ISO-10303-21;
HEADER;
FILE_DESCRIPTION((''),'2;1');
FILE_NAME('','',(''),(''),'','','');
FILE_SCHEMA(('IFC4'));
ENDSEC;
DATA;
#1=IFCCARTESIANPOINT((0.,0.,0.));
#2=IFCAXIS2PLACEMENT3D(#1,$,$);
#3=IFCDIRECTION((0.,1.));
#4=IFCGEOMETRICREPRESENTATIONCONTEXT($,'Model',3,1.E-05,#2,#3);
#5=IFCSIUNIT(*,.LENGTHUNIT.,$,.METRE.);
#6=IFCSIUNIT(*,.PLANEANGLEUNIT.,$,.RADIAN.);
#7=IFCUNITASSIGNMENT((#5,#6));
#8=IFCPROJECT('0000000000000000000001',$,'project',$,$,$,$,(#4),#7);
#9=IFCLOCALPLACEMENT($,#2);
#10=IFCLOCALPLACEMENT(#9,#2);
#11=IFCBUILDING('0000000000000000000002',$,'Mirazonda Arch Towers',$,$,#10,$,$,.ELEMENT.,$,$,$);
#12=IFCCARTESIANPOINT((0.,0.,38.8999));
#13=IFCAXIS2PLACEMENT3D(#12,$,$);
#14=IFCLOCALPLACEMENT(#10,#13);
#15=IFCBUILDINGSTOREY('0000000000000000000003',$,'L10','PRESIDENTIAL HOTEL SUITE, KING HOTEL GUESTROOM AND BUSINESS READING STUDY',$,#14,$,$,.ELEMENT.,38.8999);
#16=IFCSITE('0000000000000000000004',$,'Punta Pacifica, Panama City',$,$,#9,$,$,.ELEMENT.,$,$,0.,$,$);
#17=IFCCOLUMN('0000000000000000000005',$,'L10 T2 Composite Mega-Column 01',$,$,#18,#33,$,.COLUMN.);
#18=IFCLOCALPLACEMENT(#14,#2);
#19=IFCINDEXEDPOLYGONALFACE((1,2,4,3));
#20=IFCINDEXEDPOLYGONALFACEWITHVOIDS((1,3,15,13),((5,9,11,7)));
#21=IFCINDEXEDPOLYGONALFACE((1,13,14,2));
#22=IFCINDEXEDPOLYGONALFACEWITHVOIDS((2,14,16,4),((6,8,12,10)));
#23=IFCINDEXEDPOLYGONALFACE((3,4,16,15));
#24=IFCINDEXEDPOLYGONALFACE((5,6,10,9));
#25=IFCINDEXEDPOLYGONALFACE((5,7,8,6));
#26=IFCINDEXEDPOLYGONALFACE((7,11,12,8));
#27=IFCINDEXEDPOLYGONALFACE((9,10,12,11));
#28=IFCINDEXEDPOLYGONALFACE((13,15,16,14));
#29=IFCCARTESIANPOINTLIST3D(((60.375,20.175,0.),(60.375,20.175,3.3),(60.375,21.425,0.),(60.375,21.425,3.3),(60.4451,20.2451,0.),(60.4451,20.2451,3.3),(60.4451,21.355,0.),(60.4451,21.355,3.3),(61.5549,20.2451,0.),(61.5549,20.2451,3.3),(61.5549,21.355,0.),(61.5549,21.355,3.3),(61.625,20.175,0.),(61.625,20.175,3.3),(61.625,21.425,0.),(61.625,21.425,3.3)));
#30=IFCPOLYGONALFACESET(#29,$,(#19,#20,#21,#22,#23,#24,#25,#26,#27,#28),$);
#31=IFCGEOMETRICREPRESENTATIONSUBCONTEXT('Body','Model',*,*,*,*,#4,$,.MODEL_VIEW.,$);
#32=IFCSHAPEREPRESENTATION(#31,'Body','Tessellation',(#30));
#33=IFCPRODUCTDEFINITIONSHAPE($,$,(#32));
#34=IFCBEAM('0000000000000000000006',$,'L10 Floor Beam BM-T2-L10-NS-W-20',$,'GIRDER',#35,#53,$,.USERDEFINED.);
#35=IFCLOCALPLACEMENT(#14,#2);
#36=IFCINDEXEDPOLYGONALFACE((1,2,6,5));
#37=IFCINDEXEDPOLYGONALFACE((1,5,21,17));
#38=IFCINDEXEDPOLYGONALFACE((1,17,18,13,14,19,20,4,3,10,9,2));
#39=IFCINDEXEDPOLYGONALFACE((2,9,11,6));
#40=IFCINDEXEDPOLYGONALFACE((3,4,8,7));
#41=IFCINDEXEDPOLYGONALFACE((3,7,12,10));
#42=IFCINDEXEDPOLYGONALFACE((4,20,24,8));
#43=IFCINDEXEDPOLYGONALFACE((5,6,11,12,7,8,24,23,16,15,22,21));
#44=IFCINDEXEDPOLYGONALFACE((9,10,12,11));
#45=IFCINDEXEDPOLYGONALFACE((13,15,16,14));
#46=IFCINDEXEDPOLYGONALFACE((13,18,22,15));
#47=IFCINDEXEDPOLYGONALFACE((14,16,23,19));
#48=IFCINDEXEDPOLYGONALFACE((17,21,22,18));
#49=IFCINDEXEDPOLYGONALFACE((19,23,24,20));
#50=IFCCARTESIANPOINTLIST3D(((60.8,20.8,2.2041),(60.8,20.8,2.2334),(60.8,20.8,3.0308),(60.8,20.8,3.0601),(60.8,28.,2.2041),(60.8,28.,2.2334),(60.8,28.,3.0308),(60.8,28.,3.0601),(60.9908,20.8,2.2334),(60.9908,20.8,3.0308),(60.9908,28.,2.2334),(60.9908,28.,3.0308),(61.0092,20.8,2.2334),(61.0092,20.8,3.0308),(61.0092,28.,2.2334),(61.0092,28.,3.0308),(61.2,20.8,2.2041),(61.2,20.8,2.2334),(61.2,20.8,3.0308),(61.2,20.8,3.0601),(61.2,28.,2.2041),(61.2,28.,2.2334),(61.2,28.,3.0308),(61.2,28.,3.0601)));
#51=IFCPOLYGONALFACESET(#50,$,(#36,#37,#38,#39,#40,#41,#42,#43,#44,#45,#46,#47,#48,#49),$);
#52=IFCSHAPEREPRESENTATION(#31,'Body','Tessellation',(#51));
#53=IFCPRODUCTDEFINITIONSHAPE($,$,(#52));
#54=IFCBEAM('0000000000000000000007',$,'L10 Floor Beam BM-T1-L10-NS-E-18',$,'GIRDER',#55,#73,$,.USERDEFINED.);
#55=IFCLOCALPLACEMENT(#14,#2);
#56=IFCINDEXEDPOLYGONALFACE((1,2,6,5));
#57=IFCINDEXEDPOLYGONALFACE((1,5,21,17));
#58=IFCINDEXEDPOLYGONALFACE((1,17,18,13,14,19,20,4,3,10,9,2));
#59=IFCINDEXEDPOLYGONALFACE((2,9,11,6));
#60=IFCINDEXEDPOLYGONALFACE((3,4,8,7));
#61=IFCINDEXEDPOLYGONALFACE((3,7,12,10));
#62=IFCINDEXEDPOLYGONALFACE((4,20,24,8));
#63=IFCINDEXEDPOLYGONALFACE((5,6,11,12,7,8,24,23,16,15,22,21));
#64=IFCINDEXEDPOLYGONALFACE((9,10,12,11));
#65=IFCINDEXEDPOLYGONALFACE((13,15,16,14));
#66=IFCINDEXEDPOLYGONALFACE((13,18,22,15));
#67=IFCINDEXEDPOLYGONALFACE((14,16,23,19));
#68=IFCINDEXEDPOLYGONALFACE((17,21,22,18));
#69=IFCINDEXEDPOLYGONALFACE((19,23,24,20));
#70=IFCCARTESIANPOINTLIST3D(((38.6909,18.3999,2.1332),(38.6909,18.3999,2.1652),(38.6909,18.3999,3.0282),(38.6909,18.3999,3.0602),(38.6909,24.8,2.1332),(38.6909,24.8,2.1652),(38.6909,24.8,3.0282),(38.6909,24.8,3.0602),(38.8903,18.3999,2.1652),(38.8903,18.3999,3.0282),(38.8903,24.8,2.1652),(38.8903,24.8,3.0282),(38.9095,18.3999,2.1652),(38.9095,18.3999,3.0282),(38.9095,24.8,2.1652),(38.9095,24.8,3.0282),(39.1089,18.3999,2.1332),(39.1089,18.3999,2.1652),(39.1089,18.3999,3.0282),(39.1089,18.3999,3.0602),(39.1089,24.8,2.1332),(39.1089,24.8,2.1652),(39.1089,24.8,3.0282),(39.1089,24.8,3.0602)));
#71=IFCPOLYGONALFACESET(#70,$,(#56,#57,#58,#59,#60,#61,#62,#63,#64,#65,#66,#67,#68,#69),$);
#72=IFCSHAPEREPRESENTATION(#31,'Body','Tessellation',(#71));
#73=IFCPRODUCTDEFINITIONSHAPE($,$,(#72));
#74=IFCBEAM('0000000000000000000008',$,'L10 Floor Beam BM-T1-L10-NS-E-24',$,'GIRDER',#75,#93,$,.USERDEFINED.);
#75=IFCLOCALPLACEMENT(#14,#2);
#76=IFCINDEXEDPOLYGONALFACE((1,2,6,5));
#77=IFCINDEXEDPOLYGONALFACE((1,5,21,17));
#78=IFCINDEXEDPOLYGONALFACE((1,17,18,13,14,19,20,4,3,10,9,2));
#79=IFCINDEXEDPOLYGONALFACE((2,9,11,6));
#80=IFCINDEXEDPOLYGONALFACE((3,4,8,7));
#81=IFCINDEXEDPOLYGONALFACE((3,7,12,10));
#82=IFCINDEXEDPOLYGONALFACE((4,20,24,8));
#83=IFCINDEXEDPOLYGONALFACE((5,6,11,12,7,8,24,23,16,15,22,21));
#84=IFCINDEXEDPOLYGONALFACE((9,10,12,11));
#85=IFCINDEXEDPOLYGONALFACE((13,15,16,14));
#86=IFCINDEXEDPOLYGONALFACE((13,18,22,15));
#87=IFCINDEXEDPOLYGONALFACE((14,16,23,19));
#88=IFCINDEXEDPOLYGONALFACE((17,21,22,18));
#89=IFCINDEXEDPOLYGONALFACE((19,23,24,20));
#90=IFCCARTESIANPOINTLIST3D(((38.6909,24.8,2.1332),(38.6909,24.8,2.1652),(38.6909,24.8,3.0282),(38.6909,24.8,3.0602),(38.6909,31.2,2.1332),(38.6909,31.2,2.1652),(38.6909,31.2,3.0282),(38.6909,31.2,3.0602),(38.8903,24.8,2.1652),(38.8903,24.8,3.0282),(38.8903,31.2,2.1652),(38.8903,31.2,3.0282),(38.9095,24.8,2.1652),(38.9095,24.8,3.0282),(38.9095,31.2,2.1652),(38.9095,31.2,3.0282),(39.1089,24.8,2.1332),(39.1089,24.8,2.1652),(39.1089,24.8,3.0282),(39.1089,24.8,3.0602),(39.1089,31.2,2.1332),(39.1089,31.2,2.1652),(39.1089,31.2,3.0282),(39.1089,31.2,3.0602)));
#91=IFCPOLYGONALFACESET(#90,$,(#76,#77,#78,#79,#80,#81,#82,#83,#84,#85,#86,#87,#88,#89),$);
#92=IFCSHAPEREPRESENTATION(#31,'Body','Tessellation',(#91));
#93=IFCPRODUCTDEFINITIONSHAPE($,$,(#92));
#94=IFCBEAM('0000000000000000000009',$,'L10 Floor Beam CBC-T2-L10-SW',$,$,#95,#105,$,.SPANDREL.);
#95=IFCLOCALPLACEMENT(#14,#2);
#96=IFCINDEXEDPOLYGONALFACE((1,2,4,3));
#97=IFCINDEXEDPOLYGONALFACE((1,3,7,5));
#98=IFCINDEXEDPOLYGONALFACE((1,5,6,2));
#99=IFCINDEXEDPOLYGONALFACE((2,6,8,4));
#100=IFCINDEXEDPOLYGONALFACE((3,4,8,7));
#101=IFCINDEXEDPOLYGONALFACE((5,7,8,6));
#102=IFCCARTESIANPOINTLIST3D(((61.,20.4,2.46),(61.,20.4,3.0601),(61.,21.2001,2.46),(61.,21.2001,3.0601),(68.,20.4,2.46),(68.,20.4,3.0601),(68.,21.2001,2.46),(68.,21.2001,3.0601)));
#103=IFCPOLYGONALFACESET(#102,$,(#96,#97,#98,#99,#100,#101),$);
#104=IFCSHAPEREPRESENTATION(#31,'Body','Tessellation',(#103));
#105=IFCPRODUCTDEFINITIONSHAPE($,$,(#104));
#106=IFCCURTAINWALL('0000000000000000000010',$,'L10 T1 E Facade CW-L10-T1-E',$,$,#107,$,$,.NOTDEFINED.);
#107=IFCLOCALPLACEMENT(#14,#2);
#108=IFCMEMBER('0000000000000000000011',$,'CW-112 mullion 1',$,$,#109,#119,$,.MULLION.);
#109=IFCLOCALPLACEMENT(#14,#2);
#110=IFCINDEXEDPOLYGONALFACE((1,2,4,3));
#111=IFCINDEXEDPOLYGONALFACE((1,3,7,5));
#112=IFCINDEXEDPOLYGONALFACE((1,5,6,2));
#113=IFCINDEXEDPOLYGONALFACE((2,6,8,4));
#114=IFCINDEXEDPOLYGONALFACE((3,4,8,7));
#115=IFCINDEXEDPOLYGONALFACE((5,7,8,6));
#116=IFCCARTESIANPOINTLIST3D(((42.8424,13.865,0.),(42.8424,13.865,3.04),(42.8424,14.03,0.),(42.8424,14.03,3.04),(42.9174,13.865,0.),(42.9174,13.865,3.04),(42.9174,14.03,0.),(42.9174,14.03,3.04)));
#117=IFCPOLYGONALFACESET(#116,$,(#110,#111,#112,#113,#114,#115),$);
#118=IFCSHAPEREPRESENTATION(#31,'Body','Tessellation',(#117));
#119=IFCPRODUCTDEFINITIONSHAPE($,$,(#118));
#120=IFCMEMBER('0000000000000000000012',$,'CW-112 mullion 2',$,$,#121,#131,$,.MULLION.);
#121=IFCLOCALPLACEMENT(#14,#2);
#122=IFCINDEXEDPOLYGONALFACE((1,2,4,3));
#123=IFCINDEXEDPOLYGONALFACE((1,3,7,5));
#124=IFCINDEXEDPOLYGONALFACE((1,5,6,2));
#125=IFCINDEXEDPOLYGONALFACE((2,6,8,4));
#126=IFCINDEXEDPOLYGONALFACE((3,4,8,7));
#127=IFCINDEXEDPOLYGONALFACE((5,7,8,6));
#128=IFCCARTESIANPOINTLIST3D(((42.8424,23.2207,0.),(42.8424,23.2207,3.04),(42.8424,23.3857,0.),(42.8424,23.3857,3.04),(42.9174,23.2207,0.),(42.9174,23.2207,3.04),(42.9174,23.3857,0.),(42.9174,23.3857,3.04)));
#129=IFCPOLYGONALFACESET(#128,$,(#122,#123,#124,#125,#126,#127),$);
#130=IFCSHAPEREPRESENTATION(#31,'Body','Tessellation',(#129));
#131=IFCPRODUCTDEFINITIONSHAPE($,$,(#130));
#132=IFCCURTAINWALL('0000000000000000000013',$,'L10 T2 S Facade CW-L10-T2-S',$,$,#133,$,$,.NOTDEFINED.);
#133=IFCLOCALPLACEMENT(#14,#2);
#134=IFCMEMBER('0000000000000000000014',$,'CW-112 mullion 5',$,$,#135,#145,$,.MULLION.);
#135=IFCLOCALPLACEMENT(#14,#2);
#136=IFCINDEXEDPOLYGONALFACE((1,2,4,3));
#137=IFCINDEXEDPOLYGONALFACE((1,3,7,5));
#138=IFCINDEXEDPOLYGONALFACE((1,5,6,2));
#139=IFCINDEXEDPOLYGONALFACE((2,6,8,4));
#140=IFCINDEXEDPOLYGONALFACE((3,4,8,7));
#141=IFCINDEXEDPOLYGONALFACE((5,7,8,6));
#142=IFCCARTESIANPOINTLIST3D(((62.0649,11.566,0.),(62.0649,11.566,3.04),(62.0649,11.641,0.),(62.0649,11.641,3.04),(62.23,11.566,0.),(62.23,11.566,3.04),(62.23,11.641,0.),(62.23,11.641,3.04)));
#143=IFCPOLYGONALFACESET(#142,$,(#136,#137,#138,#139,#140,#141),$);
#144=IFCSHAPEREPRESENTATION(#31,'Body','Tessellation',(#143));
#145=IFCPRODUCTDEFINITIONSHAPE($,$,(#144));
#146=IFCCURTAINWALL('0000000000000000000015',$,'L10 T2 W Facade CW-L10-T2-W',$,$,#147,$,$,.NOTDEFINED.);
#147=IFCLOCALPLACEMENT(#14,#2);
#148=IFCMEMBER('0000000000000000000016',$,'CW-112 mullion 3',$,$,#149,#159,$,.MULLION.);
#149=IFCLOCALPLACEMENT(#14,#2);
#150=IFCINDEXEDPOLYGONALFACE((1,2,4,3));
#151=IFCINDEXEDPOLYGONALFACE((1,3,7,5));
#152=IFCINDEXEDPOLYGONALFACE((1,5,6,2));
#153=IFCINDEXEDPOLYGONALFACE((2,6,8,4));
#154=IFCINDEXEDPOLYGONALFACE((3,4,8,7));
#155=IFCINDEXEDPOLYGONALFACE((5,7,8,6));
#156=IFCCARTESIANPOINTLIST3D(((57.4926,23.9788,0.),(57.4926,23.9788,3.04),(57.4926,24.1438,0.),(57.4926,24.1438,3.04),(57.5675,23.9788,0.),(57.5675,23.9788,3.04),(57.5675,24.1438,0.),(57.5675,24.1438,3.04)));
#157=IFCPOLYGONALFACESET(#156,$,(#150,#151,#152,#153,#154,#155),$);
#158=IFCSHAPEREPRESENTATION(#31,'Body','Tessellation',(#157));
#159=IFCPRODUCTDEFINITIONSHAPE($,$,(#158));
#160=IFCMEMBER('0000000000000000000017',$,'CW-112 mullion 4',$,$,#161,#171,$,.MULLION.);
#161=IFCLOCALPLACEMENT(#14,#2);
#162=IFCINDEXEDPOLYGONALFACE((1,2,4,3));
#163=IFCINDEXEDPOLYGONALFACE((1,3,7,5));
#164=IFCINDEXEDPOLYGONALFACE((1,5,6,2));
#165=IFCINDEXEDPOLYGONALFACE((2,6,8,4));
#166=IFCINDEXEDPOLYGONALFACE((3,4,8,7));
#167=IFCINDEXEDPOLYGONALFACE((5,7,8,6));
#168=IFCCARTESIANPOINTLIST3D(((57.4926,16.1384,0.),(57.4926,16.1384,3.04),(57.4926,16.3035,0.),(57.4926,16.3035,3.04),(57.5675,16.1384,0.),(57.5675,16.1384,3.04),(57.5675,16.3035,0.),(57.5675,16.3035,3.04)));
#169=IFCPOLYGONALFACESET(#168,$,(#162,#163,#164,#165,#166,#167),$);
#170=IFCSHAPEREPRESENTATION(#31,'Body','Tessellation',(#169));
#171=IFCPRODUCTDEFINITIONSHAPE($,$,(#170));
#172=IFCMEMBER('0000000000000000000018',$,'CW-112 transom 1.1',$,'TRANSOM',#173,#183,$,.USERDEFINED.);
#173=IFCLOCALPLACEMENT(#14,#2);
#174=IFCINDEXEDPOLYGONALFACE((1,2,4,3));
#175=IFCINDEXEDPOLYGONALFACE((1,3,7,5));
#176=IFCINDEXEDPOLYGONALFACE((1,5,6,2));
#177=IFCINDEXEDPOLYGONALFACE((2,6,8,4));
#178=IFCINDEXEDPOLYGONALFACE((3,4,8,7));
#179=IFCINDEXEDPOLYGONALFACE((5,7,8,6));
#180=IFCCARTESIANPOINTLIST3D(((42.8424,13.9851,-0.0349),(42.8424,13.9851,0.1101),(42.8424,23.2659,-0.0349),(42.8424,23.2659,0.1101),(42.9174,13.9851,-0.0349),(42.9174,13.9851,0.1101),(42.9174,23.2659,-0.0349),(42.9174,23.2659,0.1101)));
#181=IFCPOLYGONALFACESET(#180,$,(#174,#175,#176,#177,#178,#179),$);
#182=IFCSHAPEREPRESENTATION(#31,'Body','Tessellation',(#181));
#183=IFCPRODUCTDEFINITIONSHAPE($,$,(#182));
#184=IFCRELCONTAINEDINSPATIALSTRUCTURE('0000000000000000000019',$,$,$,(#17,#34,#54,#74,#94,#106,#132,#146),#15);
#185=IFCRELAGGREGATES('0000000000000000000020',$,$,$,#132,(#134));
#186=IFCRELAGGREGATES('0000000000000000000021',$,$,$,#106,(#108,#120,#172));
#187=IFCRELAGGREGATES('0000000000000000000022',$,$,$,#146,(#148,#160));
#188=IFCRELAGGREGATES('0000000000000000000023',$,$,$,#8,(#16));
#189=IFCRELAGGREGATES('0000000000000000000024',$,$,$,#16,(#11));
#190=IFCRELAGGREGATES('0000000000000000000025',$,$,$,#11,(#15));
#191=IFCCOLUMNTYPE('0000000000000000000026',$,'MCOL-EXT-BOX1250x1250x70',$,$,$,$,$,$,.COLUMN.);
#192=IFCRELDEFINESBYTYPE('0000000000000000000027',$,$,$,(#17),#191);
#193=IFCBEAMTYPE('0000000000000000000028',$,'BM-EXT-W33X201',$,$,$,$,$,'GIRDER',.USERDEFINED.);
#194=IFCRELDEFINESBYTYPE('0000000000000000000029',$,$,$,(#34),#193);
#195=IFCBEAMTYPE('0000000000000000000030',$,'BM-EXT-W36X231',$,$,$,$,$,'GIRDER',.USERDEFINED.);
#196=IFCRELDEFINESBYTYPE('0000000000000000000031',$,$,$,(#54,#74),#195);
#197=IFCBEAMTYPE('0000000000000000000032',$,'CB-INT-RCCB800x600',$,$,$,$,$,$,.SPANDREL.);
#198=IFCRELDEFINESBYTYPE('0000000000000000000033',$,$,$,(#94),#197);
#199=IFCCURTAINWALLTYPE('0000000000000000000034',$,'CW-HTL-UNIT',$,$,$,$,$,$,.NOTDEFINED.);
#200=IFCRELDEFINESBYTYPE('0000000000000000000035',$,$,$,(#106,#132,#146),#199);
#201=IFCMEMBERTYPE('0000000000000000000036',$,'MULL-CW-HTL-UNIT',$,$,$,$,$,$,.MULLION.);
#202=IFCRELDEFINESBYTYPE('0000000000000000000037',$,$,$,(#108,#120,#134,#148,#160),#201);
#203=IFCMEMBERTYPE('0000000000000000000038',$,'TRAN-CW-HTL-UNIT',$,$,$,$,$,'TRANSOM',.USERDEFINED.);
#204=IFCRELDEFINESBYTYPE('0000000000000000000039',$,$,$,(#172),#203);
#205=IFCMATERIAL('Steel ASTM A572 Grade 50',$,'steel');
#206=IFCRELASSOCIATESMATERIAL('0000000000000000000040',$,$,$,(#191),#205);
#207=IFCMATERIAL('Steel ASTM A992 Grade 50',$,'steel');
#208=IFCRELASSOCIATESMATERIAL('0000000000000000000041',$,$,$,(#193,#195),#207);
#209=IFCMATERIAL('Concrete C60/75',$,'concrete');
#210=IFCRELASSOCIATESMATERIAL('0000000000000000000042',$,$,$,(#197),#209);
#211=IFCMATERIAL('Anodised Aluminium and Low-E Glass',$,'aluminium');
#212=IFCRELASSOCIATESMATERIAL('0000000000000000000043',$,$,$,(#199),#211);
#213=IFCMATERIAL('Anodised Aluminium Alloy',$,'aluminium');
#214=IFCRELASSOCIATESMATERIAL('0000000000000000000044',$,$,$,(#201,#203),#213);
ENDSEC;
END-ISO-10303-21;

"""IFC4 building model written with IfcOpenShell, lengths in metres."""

from ifc_helpers import new_model, si_unit, direction, frame, origin, origin_2d, place, context, subcontext, project, spatial, rectangle, hollow_rectangle, i_section, extrude, material, material_profile, profile_set, type_object, element, aggregate, save


model = new_model("IFC4")

# Units and contexts
model_context = context("Model", 3, precision=1e-05, world=origin(), true_north=direction((0.0, 1.0)))
body_context = subcontext(model_context, "Body", "Model", "MODEL_VIEW")
ifc_project = project(units=[si_unit("LENGTHUNIT", "METRE"), si_unit("PLANEANGLEUNIT", "RADIAN")], contexts=[model_context])

# Site, building, storey
site_placement = place(None, origin())
site = spatial("IfcSite", under=ifc_project, at=site_placement, Name="Punta Pacifica, Panama City", CompositionType="ELEMENT", RefElevation=0.0)
building_placement = place(site_placement, origin())
building = spatial("IfcBuilding", under=site, at=building_placement, Name="Mirazonda Arch Towers", CompositionType="ELEMENT")
storey_placement = place(building_placement, frame((0.0, 0.0, 38.8999)))
storey = spatial("IfcBuildingStorey", under=building, at=storey_placement, Name="L10", Description="PRESIDENTIAL HOTEL SUITE, KING HOTEL GUESTROOM AND BUSINESS READING STUDY", CompositionType="ELEMENT", Elevation=38.8999)

# Column
ifc_material_1 = material(Name="Steel ASTM A572 Grade 50", Category="steel")
ifc_material_profile_1 = material_profile(ifc_material_1, hollow_rectangle(XDim=1.25, YDim=1.25, WallThickness=0.0701, at=origin_2d()), Name="BOX1250x1250x70")
ifc_profile_set_1 = profile_set([ifc_material_profile_1], Name="Steel ASTM A572 Grade 50")
column_type = type_object("IfcColumnType", Name="MCOL-EXT-BOX1250x1250x70", PredefinedType="COLUMN", material=ifc_profile_set_1)
column_placement = place(storey_placement, frame((61.0, 20.8, 0.0), z_axis=(0.0, 0.0, 1.0), x_axis=(1.0, 0.0, 0.0)))
element("IfcColumn", 1, at=column_placement, inside=storey, type_object=column_type, Name="L10 T2 Composite Mega-Column 01", PredefinedType="COLUMN", context=body_context, shape_type="SweptSolid", body=[
    extrude(hollow_rectangle(XDim=1.25, YDim=1.25, WallThickness=0.0701, at=origin_2d()), origin(), (0.0, 0.0, 1.0), 3.3),
])

# Beams
ifc_material_2 = material(Name="Steel ASTM A992 Grade 50", Category="steel")
ifc_material_profile_2 = material_profile(ifc_material_2, i_section(OverallWidth=0.3999, OverallDepth=0.856, WebThickness=0.0183, FlangeThickness=0.0293, at=origin_2d()), Name="W33X201")
ifc_profile_set_2 = profile_set([ifc_material_profile_2], Name="Steel ASTM A992 Grade 50")
beam_type_1 = type_object("IfcBeamType", Name="BM-EXT-W33X201", ElementType="GIRDER", PredefinedType="USERDEFINED", material=ifc_profile_set_2)
beam_1_placement = place(storey_placement, frame((61.0, 20.8, 2.6321), z_axis=(0.0, 1.0, 0.0), x_axis=(-1.0, 0.0, 0.0)))
element("IfcBeam", 2, at=beam_1_placement, inside=storey, type_object=beam_type_1, Name="L10 Floor Beam BM-T2-L10-NS-W-20", ObjectType="GIRDER", PredefinedType="USERDEFINED", context=body_context, shape_type="SweptSolid", body=[
    extrude(i_section(OverallWidth=0.3999, OverallDepth=0.856, WebThickness=0.0183, FlangeThickness=0.0293, at=origin_2d()), origin(), (0.0, 0.0, 1.0), 7.2),
])
ifc_material_profile_3 = material_profile(ifc_material_2, i_section(OverallWidth=0.418, OverallDepth=0.927, WebThickness=0.0193, FlangeThickness=0.032, at=origin_2d()), Name="W36X231")
ifc_profile_set_3 = profile_set([ifc_material_profile_3], Name="Steel ASTM A992 Grade 50")
beam_type_2 = type_object("IfcBeamType", Name="BM-EXT-W36X231", ElementType="GIRDER", PredefinedType="USERDEFINED", material=ifc_profile_set_3)
beam_2_placement = place(storey_placement, frame((38.8999, 18.3999, 2.5967), z_axis=(0.0, 1.0, 0.0), x_axis=(-1.0, 0.0, 0.0)))
element("IfcBeam", 3, at=beam_2_placement, inside=storey, type_object=beam_type_2, Name="L10 Floor Beam BM-T1-L10-NS-E-18", ObjectType="GIRDER", PredefinedType="USERDEFINED", context=body_context, shape_type="SweptSolid", body=[
    extrude(i_section(OverallWidth=0.418, OverallDepth=0.927, WebThickness=0.0193, FlangeThickness=0.032, at=origin_2d()), origin(), (0.0, 0.0, 1.0), 6.4001),
])
beam_3_placement = place(storey_placement, frame((38.8999, 24.8, 2.5967), z_axis=(0.0, 1.0, 0.0), x_axis=(-1.0, 0.0, 0.0)))
element("IfcBeam", 4, at=beam_3_placement, inside=storey, type_object=beam_type_2, Name="L10 Floor Beam BM-T1-L10-NS-E-24", ObjectType="GIRDER", PredefinedType="USERDEFINED", context=body_context, shape_type="SweptSolid", body=[
    extrude(i_section(OverallWidth=0.418, OverallDepth=0.927, WebThickness=0.0193, FlangeThickness=0.032, at=origin_2d()), origin(), (0.0, 0.0, 1.0), 6.3999),
])
ifc_material_3 = material(Name="Concrete C60/75", Category="concrete")
ifc_material_profile_4 = material_profile(ifc_material_3, rectangle(XDim=0.8, YDim=0.6001, at=origin_2d()), Name="RCCB800x600")
ifc_profile_set_4 = profile_set([ifc_material_profile_4], Name="Concrete C60/75")
beam_type_3 = type_object("IfcBeamType", Name="CB-INT-RCCB800x600", PredefinedType="SPANDREL", material=ifc_profile_set_4)
beam_4_placement = place(storey_placement, frame((61.0, 20.8, 2.76), z_axis=(1.0, 0.0, 0.0), x_axis=(0.0, 1.0, 0.0)))
element("IfcBeam", 5, at=beam_4_placement, inside=storey, type_object=beam_type_3, Name="L10 Floor Beam CBC-T2-L10-SW", PredefinedType="SPANDREL", context=body_context, shape_type="SweptSolid", body=[
    extrude(rectangle(XDim=0.8, YDim=0.6001, at=origin_2d()), origin(), (0.0, 0.0, 1.0), 7.0),
])

# Curtain wall, members
ifc_material_4 = material(Name="Anodised Aluminium and Low-E Glass", Category="aluminium")
curtain_wall_type = type_object("IfcCurtainWallType", Name="CW-HTL-UNIT", PredefinedType="NOTDEFINED", material=ifc_material_4)
curtain_wall_1_placement = place(storey_placement, origin())
curtain_wall_1 = element("IfcCurtainWall", 6, at=curtain_wall_1_placement, inside=storey, type_object=curtain_wall_type, Name="L10 T1 E Facade CW-L10-T1-E", PredefinedType="NOTDEFINED")
ifc_material_5 = material(Name="Anodised Aluminium Alloy", Category="aluminium")
ifc_material_profile_5 = material_profile(ifc_material_5, rectangle(XDim=0.075, YDim=0.165, at=origin_2d()), Name="ALU-MULL-75x165")
ifc_profile_set_5 = profile_set([ifc_material_profile_5], Name="Anodised Aluminium Alloy")
member_type_1 = type_object("IfcMemberType", Name="MULL-CW-HTL-UNIT", PredefinedType="MULLION", material=ifc_profile_set_5)
member_1_placement = place(storey_placement, frame((42.8799, 13.9475, 0.0), z_axis=(0.0, 0.0, 1.0), x_axis=(-1.0, 0.0, 0.0)))
member_1 = element("IfcMember", 7, at=member_1_placement, type_object=member_type_1, Name="CW-112 mullion 1", PredefinedType="MULLION", context=body_context, shape_type="SweptSolid", body=[
    extrude(rectangle(XDim=0.075, YDim=0.165, at=origin_2d()), origin(), (0.0, 0.0, 1.0), 3.04),
])
member_2_placement = place(storey_placement, frame((42.8799, 23.3032, 0.0), z_axis=(0.0, 0.0, 1.0), x_axis=(-1.0, 0.0, 0.0)))
member_2 = element("IfcMember", 8, at=member_2_placement, type_object=member_type_1, Name="CW-112 mullion 2", PredefinedType="MULLION", context=body_context, shape_type="SweptSolid", body=[
    extrude(rectangle(XDim=0.075, YDim=0.165, at=origin_2d()), origin(), (0.0, 0.0, 1.0), 3.04),
])

# Curtain wall, member
curtain_wall_2_placement = place(storey_placement, origin())
curtain_wall_2 = element("IfcCurtainWall", 9, at=curtain_wall_2_placement, inside=storey, type_object=curtain_wall_type, Name="L10 T2 S Facade CW-L10-T2-S", PredefinedType="NOTDEFINED")
member_3_placement = place(storey_placement, frame((62.1475, 11.6035, 0.0), z_axis=(0.0, 0.0, 1.0), x_axis=(0.0, -1.0, 0.0)))
member_3 = element("IfcMember", 10, at=member_3_placement, type_object=member_type_1, Name="CW-112 mullion 5", PredefinedType="MULLION", context=body_context, shape_type="SweptSolid", body=[
    extrude(rectangle(XDim=0.075, YDim=0.165, at=origin_2d()), origin(), (0.0, 0.0, 1.0), 3.04),
])
aggregate(curtain_wall_2, [member_3])

# Curtain wall, members
curtain_wall_3_placement = place(storey_placement, origin())
curtain_wall_3 = element("IfcCurtainWall", 11, at=curtain_wall_3_placement, inside=storey, type_object=curtain_wall_type, Name="L10 T2 W Facade CW-L10-T2-W", PredefinedType="NOTDEFINED")
member_4_placement = place(storey_placement, frame((57.53, 24.0613, 0.0), z_axis=(0.0, 0.0, 1.0), x_axis=(1.0, 0.0, 0.0)))
member_4 = element("IfcMember", 12, at=member_4_placement, type_object=member_type_1, Name="CW-112 mullion 3", PredefinedType="MULLION", context=body_context, shape_type="SweptSolid", body=[
    extrude(rectangle(XDim=0.075, YDim=0.165, at=origin_2d()), origin(), (0.0, 0.0, 1.0), 3.04),
])
member_5_placement = place(storey_placement, frame((57.53, 16.2209, 0.0), z_axis=(0.0, 0.0, 1.0), x_axis=(1.0, 0.0, 0.0)))
member_5 = element("IfcMember", 13, at=member_5_placement, type_object=member_type_1, Name="CW-112 mullion 4", PredefinedType="MULLION", context=body_context, shape_type="SweptSolid", body=[
    extrude(rectangle(XDim=0.075, YDim=0.165, at=origin_2d()), origin(), (0.0, 0.0, 1.0), 3.04),
])

# Member
ifc_material_profile_6 = material_profile(ifc_material_5, rectangle(XDim=0.075, YDim=0.145, at=origin_2d()), Name="ALU-TRAN-75x145")
ifc_profile_set_6 = profile_set([ifc_material_profile_6], Name="Anodised Aluminium Alloy")
member_type_2 = type_object("IfcMemberType", Name="TRAN-CW-HTL-UNIT", ElementType="TRANSOM", PredefinedType="USERDEFINED", material=ifc_profile_set_6)
member_6_placement = place(storey_placement, frame((42.8799, 13.9851, 0.0376), z_axis=(0.0, 1.0, 0.0), x_axis=(-1.0, 0.0, 0.0)))
member_6 = element("IfcMember", 14, at=member_6_placement, type_object=member_type_2, Name="CW-112 transom 1.1", ObjectType="TRANSOM", PredefinedType="USERDEFINED", context=body_context, shape_type="SweptSolid", body=[
    extrude(rectangle(XDim=0.075, YDim=0.145, at=origin_2d()), origin(), (0.0, 0.0, 1.0), 9.2808),
])

aggregate(curtain_wall_1, [member_1, member_2, member_6])
aggregate(curtain_wall_3, [member_4, member_5])

save(model, "model.ifc")
